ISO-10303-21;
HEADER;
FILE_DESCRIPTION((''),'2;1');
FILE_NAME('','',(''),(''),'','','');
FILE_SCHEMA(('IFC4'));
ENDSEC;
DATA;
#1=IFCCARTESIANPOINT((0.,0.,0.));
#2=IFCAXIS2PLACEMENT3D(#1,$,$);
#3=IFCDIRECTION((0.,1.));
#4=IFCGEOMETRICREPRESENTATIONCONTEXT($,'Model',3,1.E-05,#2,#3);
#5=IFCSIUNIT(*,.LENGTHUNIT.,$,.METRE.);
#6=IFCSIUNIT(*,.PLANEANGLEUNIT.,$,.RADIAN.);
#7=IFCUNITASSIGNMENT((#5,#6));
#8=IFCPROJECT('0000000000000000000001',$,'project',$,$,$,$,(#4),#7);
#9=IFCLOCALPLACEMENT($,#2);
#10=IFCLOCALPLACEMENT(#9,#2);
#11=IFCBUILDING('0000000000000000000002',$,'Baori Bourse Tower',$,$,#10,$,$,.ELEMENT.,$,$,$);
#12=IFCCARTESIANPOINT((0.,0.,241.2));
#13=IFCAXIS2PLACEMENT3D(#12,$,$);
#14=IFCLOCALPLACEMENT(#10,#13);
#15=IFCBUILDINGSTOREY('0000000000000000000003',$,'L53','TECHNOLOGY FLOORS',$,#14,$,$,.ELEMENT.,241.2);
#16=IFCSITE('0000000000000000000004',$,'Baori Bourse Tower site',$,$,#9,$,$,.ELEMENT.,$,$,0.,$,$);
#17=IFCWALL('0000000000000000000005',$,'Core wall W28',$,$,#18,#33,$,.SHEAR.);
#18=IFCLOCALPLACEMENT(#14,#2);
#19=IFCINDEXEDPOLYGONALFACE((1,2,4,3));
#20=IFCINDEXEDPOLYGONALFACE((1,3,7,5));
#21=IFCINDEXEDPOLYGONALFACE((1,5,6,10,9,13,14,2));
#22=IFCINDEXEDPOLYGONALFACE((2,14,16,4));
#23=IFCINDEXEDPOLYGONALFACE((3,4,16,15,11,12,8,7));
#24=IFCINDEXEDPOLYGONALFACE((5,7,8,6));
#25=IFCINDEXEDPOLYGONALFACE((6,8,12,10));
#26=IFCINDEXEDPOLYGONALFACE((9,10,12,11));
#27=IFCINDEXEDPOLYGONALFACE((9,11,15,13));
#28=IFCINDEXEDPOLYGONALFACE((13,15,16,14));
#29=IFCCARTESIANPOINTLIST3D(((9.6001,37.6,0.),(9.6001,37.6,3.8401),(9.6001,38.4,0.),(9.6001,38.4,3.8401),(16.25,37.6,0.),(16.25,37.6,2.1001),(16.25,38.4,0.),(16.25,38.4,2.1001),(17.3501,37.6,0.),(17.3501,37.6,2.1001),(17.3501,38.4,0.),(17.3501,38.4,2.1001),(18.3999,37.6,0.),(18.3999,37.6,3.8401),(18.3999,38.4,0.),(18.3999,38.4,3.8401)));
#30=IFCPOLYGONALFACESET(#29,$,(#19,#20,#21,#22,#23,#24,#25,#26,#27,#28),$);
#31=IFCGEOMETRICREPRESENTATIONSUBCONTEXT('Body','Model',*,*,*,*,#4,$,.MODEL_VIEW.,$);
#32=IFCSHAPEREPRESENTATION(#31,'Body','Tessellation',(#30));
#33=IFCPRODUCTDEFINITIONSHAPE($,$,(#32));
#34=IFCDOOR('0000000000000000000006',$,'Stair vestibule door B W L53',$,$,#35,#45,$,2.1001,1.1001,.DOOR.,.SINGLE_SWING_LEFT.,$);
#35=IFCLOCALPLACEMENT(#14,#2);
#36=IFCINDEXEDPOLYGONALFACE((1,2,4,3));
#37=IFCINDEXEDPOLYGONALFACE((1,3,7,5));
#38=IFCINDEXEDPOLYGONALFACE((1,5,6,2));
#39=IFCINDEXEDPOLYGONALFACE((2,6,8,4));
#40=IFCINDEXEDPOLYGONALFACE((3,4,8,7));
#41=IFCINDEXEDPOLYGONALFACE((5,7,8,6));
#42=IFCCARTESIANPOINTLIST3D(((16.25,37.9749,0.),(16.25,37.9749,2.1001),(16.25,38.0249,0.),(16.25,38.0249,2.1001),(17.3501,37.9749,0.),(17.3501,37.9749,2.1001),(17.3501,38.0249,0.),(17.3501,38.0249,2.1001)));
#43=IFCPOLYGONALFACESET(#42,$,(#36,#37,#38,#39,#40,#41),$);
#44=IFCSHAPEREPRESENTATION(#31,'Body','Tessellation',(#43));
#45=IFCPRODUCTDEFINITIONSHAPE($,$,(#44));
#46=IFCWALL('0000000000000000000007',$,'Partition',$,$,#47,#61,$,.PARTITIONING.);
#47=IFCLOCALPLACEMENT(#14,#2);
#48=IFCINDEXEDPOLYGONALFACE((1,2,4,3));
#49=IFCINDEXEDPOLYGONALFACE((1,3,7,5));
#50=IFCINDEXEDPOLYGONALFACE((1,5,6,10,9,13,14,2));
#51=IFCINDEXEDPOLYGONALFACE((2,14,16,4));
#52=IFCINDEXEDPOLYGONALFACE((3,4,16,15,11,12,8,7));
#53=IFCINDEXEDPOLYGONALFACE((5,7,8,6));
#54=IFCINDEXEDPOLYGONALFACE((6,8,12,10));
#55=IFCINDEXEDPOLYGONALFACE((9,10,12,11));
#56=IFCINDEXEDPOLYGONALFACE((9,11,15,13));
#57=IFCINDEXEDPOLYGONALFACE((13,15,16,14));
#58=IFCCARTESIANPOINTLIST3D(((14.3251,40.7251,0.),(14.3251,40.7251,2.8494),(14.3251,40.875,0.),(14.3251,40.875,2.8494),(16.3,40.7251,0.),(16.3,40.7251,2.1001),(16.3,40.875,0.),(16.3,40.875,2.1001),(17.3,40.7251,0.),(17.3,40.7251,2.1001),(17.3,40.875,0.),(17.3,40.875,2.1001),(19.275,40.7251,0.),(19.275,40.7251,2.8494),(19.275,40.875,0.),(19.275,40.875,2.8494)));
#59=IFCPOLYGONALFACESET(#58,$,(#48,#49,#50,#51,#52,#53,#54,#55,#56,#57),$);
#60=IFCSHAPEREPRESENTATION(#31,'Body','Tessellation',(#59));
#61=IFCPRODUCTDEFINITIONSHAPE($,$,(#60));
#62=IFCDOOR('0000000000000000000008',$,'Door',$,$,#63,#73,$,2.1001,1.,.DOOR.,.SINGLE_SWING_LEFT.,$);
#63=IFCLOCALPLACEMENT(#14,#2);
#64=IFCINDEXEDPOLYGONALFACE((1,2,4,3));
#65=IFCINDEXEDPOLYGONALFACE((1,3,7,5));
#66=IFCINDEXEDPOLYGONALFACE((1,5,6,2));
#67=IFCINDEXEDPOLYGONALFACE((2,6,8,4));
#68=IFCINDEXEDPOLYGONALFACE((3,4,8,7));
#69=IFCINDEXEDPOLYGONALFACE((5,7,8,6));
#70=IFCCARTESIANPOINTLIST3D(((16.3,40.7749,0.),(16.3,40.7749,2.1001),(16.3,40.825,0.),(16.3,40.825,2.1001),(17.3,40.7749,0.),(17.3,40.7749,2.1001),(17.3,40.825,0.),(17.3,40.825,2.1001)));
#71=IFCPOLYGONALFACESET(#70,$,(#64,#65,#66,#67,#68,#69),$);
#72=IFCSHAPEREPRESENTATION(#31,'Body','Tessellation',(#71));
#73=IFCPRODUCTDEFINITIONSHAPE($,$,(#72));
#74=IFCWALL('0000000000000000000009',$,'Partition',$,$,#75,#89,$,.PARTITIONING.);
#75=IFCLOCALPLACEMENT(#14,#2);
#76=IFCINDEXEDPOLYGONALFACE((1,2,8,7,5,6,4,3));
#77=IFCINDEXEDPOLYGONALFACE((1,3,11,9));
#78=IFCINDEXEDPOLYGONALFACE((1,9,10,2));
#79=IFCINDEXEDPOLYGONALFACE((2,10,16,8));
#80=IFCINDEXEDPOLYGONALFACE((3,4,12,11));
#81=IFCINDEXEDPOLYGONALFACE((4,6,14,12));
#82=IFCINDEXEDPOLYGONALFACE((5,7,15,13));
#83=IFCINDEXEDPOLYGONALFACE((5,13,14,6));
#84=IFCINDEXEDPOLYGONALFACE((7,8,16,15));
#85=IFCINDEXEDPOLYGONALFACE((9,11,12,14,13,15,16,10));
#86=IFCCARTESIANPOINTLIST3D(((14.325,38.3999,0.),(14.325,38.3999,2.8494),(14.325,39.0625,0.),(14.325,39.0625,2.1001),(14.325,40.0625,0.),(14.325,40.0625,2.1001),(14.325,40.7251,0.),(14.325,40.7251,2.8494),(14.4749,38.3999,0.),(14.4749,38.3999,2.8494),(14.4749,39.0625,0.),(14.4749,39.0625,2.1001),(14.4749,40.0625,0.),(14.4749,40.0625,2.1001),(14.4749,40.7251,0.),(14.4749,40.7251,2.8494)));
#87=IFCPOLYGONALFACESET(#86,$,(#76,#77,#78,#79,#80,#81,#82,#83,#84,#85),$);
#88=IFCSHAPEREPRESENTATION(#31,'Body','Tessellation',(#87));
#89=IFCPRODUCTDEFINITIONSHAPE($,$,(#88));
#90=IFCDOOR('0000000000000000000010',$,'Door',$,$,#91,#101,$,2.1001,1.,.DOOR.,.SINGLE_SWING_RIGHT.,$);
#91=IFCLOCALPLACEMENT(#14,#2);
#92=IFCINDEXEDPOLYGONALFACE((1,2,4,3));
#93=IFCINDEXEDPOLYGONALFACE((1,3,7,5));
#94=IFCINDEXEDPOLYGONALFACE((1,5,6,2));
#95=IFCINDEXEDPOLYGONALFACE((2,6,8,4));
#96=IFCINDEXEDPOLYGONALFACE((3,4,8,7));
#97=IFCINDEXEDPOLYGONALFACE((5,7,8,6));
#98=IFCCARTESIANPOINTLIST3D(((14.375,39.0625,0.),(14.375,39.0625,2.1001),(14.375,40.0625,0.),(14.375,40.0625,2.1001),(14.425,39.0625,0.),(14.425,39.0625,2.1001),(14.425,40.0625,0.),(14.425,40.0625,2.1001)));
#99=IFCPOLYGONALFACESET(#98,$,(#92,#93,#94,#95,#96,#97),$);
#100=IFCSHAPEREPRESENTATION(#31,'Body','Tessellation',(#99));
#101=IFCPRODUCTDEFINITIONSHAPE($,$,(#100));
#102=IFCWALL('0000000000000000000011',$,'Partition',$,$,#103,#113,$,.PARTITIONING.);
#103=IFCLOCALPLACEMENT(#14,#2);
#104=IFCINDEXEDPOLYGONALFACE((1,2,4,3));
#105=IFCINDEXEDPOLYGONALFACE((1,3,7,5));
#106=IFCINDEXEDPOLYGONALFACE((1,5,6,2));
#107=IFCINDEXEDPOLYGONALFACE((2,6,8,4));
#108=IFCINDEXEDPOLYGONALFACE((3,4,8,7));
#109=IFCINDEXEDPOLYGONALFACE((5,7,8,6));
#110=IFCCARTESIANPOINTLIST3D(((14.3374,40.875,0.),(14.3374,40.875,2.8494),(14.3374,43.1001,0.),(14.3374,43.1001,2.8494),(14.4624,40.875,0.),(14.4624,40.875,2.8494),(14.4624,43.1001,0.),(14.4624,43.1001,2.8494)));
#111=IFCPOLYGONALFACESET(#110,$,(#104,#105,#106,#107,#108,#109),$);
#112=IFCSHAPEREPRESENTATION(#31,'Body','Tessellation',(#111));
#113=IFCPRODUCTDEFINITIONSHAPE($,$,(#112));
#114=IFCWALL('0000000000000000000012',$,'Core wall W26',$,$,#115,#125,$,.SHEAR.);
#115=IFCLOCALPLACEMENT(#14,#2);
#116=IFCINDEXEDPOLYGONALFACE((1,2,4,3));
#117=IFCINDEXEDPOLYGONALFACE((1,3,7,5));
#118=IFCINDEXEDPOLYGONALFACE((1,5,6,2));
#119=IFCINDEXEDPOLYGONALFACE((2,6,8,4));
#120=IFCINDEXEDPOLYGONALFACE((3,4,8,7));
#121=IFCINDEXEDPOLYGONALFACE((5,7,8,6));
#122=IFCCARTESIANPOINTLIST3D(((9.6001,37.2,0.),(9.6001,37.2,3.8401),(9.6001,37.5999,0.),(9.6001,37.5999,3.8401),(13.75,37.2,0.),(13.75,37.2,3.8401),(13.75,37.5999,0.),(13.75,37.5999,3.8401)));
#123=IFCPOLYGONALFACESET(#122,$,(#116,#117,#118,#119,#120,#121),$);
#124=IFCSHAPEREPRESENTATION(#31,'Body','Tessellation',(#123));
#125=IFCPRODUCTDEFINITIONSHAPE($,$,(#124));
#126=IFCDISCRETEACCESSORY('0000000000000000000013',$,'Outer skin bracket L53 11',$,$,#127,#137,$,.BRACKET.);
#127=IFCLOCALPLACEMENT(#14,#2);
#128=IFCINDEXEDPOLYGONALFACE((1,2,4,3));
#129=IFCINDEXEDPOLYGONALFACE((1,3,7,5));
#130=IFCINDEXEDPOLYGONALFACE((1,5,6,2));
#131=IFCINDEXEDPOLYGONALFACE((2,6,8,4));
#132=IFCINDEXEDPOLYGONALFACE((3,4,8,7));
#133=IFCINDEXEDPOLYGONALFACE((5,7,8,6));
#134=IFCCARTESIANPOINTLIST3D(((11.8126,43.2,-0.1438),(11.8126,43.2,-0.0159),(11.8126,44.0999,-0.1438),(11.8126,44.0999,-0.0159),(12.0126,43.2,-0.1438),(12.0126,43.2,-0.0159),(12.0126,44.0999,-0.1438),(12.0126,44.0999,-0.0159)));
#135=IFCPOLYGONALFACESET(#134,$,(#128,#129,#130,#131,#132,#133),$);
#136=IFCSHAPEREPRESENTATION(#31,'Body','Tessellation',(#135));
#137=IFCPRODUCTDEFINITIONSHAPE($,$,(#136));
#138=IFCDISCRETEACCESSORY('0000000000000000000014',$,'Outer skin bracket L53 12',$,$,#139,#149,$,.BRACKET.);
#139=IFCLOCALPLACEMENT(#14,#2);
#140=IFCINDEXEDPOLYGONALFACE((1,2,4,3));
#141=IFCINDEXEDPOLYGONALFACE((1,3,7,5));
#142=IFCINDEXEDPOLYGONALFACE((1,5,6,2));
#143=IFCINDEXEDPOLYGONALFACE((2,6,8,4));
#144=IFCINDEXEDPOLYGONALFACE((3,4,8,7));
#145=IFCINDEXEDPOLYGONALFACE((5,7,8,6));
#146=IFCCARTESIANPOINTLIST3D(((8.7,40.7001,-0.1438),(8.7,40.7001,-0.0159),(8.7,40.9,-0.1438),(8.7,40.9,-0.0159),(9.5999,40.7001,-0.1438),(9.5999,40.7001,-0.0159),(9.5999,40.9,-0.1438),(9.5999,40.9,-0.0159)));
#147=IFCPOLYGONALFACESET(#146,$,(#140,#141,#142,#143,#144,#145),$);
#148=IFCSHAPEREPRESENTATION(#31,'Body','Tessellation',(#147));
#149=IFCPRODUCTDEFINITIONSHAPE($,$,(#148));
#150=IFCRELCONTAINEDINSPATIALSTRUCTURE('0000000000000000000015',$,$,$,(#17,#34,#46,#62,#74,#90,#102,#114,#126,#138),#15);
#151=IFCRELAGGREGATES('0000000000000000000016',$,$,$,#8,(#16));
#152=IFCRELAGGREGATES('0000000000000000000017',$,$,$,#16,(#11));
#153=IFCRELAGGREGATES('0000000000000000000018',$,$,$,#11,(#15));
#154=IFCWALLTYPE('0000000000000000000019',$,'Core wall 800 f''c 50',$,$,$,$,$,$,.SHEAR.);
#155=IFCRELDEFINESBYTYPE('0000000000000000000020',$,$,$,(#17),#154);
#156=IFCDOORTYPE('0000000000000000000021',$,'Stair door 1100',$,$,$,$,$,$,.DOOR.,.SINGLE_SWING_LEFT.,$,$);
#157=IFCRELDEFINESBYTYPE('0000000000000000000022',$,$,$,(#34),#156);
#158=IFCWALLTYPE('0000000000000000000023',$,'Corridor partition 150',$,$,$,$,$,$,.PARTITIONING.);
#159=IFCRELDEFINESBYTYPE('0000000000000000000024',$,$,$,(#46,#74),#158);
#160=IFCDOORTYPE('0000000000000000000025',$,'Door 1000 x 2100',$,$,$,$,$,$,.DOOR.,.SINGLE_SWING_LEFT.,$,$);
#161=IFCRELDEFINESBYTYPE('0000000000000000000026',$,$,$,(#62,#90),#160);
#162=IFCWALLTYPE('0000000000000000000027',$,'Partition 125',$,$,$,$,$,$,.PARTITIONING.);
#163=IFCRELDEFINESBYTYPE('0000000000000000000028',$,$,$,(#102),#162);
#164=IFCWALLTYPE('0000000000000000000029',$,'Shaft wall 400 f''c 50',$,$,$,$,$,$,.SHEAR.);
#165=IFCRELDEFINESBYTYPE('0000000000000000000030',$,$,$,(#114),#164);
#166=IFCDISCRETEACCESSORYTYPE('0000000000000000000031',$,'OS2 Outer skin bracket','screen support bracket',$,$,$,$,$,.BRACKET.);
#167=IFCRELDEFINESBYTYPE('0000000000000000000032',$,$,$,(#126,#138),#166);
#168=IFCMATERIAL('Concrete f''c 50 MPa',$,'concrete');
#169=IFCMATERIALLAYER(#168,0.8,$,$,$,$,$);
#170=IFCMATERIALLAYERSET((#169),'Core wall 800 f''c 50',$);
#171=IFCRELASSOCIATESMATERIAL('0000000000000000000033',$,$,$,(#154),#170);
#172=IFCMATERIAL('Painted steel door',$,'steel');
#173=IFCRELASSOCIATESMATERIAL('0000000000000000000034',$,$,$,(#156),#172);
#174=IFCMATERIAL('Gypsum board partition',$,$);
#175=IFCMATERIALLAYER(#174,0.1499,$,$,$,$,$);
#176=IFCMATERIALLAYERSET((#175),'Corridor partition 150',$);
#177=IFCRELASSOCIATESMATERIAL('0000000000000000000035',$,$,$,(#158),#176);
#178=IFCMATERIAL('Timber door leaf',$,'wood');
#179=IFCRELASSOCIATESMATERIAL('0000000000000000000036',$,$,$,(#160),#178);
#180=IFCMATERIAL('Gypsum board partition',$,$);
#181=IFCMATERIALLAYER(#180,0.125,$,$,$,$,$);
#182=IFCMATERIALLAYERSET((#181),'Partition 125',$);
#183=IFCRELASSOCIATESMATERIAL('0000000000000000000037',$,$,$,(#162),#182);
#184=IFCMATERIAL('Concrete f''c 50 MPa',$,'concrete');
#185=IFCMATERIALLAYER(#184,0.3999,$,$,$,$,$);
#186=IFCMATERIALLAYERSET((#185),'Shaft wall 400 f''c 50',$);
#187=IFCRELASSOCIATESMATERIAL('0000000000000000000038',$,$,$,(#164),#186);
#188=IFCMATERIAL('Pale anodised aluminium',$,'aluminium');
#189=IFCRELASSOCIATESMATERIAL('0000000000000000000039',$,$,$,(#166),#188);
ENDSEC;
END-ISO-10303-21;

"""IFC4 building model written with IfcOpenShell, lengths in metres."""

from ifc_helpers import new_model, si_unit, direction, frame, frame_2d, origin, origin_2d, place, context, subcontext, project, spatial, rectangle, extrude, material, layer, layer_set, type_object, element, fill, save


model = new_model("IFC4")

# Units and contexts
model_context = context("Model", 3, precision=1e-05, world=origin(), true_north=direction((0.0, 1.0)))
body_context = subcontext(model_context, "Body", "Model", "MODEL_VIEW")
ifc_project = project(units=[si_unit("LENGTHUNIT", "METRE"), si_unit("PLANEANGLEUNIT", "RADIAN")], contexts=[model_context])

# Site, building, storey
site_placement = place(None, origin())
site = spatial("IfcSite", under=ifc_project, at=site_placement, Name="Baori Bourse Tower site", CompositionType="ELEMENT", RefElevation=0.0)
building_placement = place(site_placement, origin())
building = spatial("IfcBuilding", under=site, at=building_placement, Name="Baori Bourse Tower", CompositionType="ELEMENT")
storey_placement = place(building_placement, frame((0.0, 0.0, 241.2)))
storey = spatial("IfcBuildingStorey", under=building, at=storey_placement, Name="L53", Description="TECHNOLOGY FLOORS", CompositionType="ELEMENT", Elevation=241.2)

# Shared definitions
ifc_material_1 = material(Name="Concrete f'c 50 MPa", Category="concrete")
ifc_layer_1 = layer(ifc_material_1, 0.8)
ifc_layer_set_1 = layer_set([ifc_layer_1], Name="Core wall 800 f'c 50")
wall_type_1 = type_object("IfcWallType", Name="Core wall 800 f'c 50", PredefinedType="SHEAR", material=ifc_layer_set_1)

# Walls, openings, doors
wall_1_placement = place(storey_placement, frame((9.6001, 38.0, 0.0), z_axis=(0.0, 0.0, 1.0), x_axis=(1.0, 0.0, 0.0)))
wall_1 = element("IfcWall", 1, at=wall_1_placement, inside=storey, type_object=wall_type_1, Name="Core wall W28", PredefinedType="SHEAR", context=body_context, shape_type="SweptSolid", body=[
    extrude(rectangle(XDim=8.7998, YDim=0.8, at=frame_2d((4.3999, 0.0))), origin(), (0.0, 0.0, 1.0), 3.8401),
])
opening_1_placement = place(wall_1_placement, frame((6.6499, 0.0, 0.0)))
opening_1 = element("IfcOpeningElement", 2, at=opening_1_placement, cuts=wall_1, PredefinedType="OPENING", context=body_context, shape_type="SweptSolid", body=[
    extrude(rectangle(XDim=1.1001, YDim=2.1001, at=frame_2d((0.55, 1.05))), frame((0.0, 0.4099, 0.0), z_axis=(0.0, -1.0, 0.0), x_axis=(1.0, 0.0, 0.0)), (0.0, 0.0, 1.0), 0.8201),
])
ifc_material_2 = material(Name="Painted steel door", Category="steel")
door_type_1 = type_object("IfcDoorType", Name="Stair door 1100", OperationType="SINGLE_SWING_LEFT", PredefinedType="DOOR", material=ifc_material_2)
door_1_placement = place(opening_1_placement, origin())
door_1 = element("IfcDoor", 3, at=door_1_placement, inside=storey, type_object=door_type_1, Name="Stair vestibule door B W L53", OperationType="SINGLE_SWING_LEFT", OverallHeight=2.1001, OverallWidth=1.1001, PredefinedType="DOOR", context=body_context, shape_type="SweptSolid", body=[
    extrude(rectangle(XDim=1.1001, YDim=2.1001, at=frame_2d((0.55, 1.05))), frame((0.0, 0.0249, 0.0), z_axis=(0.0, -1.0, 0.0), x_axis=(1.0, 0.0, 0.0)), (0.0, 0.0, 1.0), 0.05),
])
fill(opening_1, door_1)
ifc_material_3 = material(Name="Gypsum board partition")
ifc_layer_2 = layer(ifc_material_3, 0.1499)
ifc_layer_set_2 = layer_set([ifc_layer_2], Name="Corridor partition 150")
wall_type_2 = type_object("IfcWallType", Name="Corridor partition 150", PredefinedType="PARTITIONING", material=ifc_layer_set_2)
wall_2_placement = place(storey_placement, frame((14.325, 40.8, 0.0), z_axis=(0.0, 0.0, 1.0), x_axis=(1.0, 0.0, 0.0)))
wall_2 = element("IfcWall", 4, at=wall_2_placement, inside=storey, type_object=wall_type_2, Name="Partition", PredefinedType="PARTITIONING", context=body_context, shape_type="SweptSolid", body=[
    extrude(rectangle(XDim=4.95, YDim=0.1499, at=frame_2d((2.4751, 0.0))), origin(), (0.0, 0.0, 1.0), 2.8494),
])
opening_2_placement = place(wall_2_placement, frame((1.9751, 0.0, 0.0)))
opening_2 = element("IfcOpeningElement", 5, at=opening_2_placement, cuts=wall_2, PredefinedType="OPENING", context=body_context, shape_type="SweptSolid", body=[
    extrude(rectangle(XDim=1.0, YDim=2.1001, at=frame_2d((0.5, 1.05))), frame((0.0, 0.085, 0.0), z_axis=(0.0, -1.0, 0.0), x_axis=(1.0, 0.0, 0.0)), (0.0, 0.0, 1.0), 0.1699),
])
ifc_material_4 = material(Name="Timber door leaf", Category="wood")
door_type_2 = type_object("IfcDoorType", Name="Door 1000 x 2100", OperationType="SINGLE_SWING_LEFT", PredefinedType="DOOR", material=ifc_material_4)
door_2_placement = place(opening_2_placement, origin())
door_2 = element("IfcDoor", 6, at=door_2_placement, inside=storey, type_object=door_type_2, Name="Door", OperationType="SINGLE_SWING_LEFT", OverallHeight=2.1001, OverallWidth=1.0, PredefinedType="DOOR", context=body_context, shape_type="SweptSolid", body=[
    extrude(rectangle(XDim=1.0, YDim=2.1001, at=frame_2d((0.5, 1.05))), frame((0.0, 0.0249, 0.0), z_axis=(0.0, -1.0, 0.0), x_axis=(1.0, 0.0, 0.0)), (0.0, 0.0, 1.0), 0.05),
])
fill(opening_2, door_2)
wall_3_placement = place(storey_placement, frame((14.3999, 38.3999, 0.0), z_axis=(0.0, 0.0, 1.0), x_axis=(0.0, 1.0, 0.0)))
wall_3 = element("IfcWall", 7, at=wall_3_placement, inside=storey, type_object=wall_type_2, Name="Partition", PredefinedType="PARTITIONING", context=body_context, shape_type="SweptSolid", body=[
    extrude(rectangle(XDim=2.3252, YDim=0.1499, at=frame_2d((1.1626, 0.0))), origin(), (0.0, 0.0, 1.0), 2.8494),
])
opening_3_placement = place(wall_3_placement, frame((0.6626, 0.0, 0.0)))
opening_3 = element("IfcOpeningElement", 8, at=opening_3_placement, cuts=wall_3, PredefinedType="OPENING", context=body_context, shape_type="SweptSolid", body=[
    extrude(rectangle(XDim=1.0, YDim=2.1001, at=frame_2d((0.5, 1.05))), frame((0.0, 0.085, 0.0), z_axis=(0.0, -1.0, 0.0), x_axis=(1.0, 0.0, 0.0)), (0.0, 0.0, 1.0), 0.1699),
])
door_3_placement = place(opening_3_placement, origin())
door_3 = element("IfcDoor", 9, at=door_3_placement, inside=storey, type_object=door_type_2, Name="Door", OperationType="SINGLE_SWING_RIGHT", OverallHeight=2.1001, OverallWidth=1.0, PredefinedType="DOOR", context=body_context, shape_type="SweptSolid", body=[
    extrude(rectangle(XDim=1.0, YDim=2.1001, at=frame_2d((0.5, 1.05))), frame((0.0, 0.0249, 0.0), z_axis=(0.0, -1.0, 0.0), x_axis=(1.0, 0.0, 0.0)), (0.0, 0.0, 1.0), 0.05),
])
fill(opening_3, door_3)

# Walls
ifc_material_5 = material(Name="Gypsum board partition")
ifc_layer_3 = layer(ifc_material_5, 0.125)
ifc_layer_set_3 = layer_set([ifc_layer_3], Name="Partition 125")
wall_type_3 = type_object("IfcWallType", Name="Partition 125", PredefinedType="PARTITIONING", material=ifc_layer_set_3)
wall_4_placement = place(storey_placement, frame((14.3999, 40.875, 0.0), z_axis=(0.0, 0.0, 1.0), x_axis=(0.0, 1.0, 0.0)))
element("IfcWall", 10, at=wall_4_placement, inside=storey, type_object=wall_type_3, Name="Partition", PredefinedType="PARTITIONING", context=body_context, shape_type="SweptSolid", body=[
    extrude(rectangle(XDim=2.2251, YDim=0.125, at=frame_2d((1.1125, 0.0))), origin(), (0.0, 0.0, 1.0), 2.8494),
])
ifc_material_6 = material(Name="Concrete f'c 50 MPa", Category="concrete")
ifc_layer_4 = layer(ifc_material_6, 0.3999)
ifc_layer_set_4 = layer_set([ifc_layer_4], Name="Shaft wall 400 f'c 50")
wall_type_4 = type_object("IfcWallType", Name="Shaft wall 400 f'c 50", PredefinedType="SHEAR", material=ifc_layer_set_4)
wall_5_placement = place(storey_placement, frame((9.6001, 37.3999, 0.0), z_axis=(0.0, 0.0, 1.0), x_axis=(1.0, 0.0, 0.0)))
element("IfcWall", 11, at=wall_5_placement, inside=storey, type_object=wall_type_4, Name="Core wall W26", PredefinedType="SHEAR", context=body_context, shape_type="SweptSolid", body=[
    extrude(rectangle(XDim=4.1499, YDim=0.3999, at=frame_2d((2.075, 0.0))), origin(), (0.0, 0.0, 1.0), 3.8401),
])

# Discrete accessories
ifc_material_7 = material(Name="Pale anodised aluminium", Category="aluminium")
discrete_accessory_type = type_object("IfcDiscreteAccessoryType", Name="OS2 Outer skin bracket", Description="screen support bracket", PredefinedType="BRACKET", material=ifc_material_7)
for number, where, z_axis, x_axis, name in (
    (12, (11.9126, 43.6499, -0.1438), (0.0, 0.0, 1.0), (-1.0, 0.0, 0.0), "Outer skin bracket L53 11"),
    (13, (9.1499, 40.8, -0.1438), (0.0, 0.0, 1.0), (0.0, -1.0, 0.0), "Outer skin bracket L53 12"),
):
    element("IfcDiscreteAccessory", number, at=place(storey_placement, frame(where, z_axis=z_axis, x_axis=x_axis)), inside=storey, type_object=discrete_accessory_type, Name=name, PredefinedType="BRACKET", context=body_context, shape_type="SweptSolid", body=[
        extrude(rectangle(XDim=0.2, YDim=0.8999, at=origin_2d()), origin(), (0.0, 0.0, 1.0), 0.1279),
    ])

save(model, "model.ifc")
